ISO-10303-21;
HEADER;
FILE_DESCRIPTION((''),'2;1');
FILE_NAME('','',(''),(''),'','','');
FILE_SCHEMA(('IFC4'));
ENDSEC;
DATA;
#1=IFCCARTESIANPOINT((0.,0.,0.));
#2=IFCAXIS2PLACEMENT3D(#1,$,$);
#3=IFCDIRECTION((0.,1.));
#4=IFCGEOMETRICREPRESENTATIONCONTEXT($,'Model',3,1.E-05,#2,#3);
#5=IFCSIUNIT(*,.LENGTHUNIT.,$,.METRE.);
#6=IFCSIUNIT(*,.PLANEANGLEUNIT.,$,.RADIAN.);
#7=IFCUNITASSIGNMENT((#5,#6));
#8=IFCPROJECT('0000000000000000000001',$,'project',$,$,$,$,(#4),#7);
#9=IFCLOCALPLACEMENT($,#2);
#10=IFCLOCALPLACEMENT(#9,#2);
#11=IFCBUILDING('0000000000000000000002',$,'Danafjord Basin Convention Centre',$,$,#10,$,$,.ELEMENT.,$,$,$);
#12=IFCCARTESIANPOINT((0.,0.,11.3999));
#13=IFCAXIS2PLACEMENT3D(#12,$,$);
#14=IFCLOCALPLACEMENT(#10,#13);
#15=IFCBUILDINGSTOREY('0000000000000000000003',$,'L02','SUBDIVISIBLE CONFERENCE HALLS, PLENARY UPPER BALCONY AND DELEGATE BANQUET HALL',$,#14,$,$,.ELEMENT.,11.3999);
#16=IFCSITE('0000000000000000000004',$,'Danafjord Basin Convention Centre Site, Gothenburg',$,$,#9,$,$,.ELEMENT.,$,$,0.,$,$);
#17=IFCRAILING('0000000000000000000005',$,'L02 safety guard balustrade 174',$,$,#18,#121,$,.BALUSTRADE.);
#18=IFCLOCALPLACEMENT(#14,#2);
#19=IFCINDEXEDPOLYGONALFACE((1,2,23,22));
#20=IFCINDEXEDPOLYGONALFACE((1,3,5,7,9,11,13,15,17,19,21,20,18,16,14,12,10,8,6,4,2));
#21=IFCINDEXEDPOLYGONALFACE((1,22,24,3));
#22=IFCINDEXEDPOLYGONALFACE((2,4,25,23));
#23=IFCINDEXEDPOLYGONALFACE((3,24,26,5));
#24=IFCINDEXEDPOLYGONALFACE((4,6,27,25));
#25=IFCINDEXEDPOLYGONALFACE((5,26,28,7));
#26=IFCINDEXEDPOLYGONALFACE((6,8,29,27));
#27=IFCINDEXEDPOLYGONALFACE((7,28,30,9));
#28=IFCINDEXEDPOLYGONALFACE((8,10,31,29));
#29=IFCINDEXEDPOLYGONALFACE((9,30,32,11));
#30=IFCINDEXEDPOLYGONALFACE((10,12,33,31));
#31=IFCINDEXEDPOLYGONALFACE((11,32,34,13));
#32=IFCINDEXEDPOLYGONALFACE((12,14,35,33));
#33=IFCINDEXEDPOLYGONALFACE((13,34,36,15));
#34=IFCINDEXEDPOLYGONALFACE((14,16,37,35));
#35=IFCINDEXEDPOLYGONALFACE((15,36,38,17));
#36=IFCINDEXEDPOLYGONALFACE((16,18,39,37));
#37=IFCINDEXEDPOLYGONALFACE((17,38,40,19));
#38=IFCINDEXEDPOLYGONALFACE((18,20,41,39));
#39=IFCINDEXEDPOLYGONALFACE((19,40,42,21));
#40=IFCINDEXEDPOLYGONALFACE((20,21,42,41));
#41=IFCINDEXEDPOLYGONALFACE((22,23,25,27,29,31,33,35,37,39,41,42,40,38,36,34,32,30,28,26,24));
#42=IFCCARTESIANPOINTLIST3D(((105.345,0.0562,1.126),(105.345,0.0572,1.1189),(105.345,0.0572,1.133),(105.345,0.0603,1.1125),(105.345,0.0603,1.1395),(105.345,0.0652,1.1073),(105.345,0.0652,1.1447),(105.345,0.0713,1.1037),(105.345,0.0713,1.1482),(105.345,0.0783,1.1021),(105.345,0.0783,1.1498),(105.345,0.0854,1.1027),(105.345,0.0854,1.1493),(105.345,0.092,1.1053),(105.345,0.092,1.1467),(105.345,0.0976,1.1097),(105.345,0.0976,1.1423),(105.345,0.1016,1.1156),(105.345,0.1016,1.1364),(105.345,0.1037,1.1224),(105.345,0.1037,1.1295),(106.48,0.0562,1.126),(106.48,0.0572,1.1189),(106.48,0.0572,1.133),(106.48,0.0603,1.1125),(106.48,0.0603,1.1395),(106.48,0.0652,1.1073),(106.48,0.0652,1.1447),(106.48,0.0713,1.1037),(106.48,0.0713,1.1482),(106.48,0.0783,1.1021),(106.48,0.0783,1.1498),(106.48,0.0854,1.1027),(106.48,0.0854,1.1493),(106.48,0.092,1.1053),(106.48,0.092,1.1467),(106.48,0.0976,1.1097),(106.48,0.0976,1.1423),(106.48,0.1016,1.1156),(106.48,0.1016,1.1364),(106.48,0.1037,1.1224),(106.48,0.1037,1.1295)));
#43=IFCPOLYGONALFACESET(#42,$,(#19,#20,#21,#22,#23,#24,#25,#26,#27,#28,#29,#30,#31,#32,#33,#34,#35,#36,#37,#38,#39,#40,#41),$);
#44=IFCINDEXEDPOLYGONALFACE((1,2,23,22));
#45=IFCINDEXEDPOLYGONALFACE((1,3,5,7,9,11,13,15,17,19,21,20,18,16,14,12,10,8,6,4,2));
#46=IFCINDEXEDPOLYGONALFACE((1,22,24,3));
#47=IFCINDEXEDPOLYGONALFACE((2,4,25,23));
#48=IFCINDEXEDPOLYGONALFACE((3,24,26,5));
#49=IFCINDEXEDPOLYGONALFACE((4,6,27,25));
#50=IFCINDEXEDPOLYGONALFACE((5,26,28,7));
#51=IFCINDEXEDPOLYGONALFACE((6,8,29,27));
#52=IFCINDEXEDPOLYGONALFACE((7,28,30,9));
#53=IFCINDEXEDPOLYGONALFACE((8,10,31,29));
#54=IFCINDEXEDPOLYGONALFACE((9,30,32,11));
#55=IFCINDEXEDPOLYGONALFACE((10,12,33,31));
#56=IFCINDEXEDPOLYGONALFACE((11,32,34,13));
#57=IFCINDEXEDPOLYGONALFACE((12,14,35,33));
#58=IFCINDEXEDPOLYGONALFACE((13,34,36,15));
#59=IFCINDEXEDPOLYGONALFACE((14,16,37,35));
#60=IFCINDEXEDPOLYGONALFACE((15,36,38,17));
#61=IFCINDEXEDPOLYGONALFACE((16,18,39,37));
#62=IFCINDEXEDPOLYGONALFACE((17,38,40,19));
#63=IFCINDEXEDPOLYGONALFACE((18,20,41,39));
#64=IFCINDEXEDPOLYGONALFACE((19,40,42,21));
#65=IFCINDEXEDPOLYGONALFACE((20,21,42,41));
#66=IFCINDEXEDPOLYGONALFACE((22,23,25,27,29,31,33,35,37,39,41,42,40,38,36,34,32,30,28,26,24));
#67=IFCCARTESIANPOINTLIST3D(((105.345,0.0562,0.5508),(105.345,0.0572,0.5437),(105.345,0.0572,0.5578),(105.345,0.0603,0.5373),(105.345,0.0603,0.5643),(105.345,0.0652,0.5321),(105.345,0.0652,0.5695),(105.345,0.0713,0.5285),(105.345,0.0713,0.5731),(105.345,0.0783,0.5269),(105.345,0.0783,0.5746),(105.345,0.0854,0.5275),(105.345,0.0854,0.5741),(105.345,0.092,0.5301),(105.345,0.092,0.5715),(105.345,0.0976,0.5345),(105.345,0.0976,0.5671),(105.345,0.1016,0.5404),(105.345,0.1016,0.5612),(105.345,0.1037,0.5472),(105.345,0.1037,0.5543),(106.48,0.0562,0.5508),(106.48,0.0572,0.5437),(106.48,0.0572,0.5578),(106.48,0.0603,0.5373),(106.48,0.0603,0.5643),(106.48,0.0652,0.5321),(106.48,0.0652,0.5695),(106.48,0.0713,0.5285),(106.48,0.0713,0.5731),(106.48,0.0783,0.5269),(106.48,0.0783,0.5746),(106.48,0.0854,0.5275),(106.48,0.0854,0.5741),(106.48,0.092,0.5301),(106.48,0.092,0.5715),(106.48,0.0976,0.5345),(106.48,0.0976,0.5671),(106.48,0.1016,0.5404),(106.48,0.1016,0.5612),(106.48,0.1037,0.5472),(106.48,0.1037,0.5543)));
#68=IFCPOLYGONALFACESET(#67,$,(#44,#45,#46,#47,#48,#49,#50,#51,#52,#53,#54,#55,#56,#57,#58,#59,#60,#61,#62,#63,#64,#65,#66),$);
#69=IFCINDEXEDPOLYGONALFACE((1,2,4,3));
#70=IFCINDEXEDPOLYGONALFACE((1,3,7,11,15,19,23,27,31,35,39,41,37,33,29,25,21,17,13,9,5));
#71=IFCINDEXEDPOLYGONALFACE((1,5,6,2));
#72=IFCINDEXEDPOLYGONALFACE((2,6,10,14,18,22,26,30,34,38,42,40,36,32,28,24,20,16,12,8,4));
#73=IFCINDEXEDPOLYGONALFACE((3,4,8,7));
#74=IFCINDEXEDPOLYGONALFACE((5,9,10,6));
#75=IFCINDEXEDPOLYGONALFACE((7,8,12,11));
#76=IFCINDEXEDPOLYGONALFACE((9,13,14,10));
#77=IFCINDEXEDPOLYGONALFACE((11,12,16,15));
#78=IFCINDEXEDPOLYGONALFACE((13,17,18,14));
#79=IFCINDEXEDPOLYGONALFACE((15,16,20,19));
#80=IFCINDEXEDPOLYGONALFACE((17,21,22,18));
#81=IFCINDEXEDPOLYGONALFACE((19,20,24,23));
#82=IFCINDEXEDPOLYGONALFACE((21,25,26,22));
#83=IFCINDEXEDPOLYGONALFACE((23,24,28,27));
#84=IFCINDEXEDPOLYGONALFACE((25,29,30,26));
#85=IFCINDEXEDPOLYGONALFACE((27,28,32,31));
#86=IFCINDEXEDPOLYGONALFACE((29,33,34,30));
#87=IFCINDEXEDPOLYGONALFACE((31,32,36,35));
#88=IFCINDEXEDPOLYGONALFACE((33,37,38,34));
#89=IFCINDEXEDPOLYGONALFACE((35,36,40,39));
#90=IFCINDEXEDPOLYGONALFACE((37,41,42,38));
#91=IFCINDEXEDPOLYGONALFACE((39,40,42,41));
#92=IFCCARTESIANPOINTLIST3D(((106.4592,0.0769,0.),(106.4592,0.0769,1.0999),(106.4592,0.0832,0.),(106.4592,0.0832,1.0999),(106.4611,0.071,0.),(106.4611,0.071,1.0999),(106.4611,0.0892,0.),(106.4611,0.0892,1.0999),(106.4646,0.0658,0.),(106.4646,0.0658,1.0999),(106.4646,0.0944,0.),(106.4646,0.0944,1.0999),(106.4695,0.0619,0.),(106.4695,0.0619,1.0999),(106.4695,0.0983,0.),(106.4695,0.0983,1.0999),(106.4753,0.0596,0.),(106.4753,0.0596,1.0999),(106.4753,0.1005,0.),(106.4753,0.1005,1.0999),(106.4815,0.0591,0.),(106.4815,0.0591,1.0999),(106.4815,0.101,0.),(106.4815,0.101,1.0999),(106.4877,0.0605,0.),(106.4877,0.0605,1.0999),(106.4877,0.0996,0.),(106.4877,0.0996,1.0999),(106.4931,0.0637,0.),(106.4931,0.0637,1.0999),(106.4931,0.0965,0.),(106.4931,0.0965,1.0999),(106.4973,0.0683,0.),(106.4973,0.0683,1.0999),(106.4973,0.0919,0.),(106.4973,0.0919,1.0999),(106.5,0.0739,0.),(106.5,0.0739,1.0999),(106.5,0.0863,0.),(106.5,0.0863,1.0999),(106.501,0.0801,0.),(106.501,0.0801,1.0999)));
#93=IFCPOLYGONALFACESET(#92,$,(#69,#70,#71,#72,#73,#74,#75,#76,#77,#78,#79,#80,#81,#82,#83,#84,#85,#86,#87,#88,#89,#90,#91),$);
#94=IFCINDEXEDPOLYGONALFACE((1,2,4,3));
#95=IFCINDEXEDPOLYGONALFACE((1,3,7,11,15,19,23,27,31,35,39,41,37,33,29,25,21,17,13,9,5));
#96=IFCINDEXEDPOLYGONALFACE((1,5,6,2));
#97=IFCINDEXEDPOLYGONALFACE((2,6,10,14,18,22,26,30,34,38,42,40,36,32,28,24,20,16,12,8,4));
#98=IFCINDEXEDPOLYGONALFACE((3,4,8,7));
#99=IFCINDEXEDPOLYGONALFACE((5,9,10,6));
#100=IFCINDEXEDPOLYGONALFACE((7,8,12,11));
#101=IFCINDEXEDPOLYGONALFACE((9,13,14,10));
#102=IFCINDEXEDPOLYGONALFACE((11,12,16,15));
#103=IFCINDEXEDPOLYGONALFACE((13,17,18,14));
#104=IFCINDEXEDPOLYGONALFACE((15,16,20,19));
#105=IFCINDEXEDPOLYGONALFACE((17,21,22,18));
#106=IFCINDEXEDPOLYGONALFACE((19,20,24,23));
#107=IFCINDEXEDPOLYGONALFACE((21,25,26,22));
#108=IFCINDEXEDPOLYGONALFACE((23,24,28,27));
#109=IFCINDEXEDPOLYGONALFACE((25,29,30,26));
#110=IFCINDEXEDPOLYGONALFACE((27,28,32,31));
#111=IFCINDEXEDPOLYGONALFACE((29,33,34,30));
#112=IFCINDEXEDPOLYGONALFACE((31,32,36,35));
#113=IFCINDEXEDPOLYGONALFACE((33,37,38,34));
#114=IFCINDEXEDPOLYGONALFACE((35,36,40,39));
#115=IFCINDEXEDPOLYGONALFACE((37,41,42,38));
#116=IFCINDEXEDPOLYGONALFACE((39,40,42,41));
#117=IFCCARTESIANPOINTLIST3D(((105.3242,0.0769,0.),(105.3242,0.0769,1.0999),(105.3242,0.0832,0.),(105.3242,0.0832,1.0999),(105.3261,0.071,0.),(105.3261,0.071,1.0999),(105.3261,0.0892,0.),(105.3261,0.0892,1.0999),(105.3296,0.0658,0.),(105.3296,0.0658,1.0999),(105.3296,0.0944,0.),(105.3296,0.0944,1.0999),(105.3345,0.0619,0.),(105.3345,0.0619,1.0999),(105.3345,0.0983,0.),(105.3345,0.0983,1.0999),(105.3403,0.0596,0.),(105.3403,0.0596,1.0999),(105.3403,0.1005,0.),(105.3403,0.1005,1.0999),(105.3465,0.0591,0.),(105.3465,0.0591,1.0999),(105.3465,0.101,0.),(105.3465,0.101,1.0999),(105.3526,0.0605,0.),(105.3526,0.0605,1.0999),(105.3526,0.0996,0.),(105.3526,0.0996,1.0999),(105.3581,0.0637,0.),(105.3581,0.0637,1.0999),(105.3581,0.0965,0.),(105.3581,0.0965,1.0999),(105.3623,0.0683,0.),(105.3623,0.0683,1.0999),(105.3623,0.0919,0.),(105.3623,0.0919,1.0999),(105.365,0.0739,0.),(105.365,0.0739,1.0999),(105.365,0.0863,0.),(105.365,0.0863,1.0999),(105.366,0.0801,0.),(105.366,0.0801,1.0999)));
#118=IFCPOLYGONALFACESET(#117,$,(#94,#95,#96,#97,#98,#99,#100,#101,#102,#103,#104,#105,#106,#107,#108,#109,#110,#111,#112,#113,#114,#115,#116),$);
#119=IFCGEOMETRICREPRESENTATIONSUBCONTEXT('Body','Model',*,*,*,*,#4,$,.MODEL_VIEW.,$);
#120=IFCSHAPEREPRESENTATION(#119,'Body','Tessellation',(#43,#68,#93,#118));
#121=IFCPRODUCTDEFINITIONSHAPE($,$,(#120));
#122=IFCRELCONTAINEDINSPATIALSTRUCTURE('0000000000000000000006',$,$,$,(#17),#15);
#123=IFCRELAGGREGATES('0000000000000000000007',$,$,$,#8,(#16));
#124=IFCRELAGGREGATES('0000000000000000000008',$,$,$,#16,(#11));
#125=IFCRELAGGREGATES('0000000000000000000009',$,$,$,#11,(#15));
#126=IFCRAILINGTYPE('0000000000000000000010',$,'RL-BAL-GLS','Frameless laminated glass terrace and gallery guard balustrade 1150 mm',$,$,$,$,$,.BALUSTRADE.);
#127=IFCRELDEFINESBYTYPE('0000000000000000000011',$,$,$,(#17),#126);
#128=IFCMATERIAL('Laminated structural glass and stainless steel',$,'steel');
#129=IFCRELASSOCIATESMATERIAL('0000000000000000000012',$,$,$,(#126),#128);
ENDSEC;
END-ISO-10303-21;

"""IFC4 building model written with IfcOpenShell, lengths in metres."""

from ifc_helpers import new_model, si_unit, direction, frame, origin, origin_2d, place, context, subcontext, project, spatial, circle, extrude, material, type_object, element, save


model = new_model("IFC4")

# Units and contexts
model_context = context("Model", 3, precision=1e-05, world=origin(), true_north=direction((0.0, 1.0)))
body_context = subcontext(model_context, "Body", "Model", "MODEL_VIEW")
ifc_project = project(units=[si_unit("LENGTHUNIT", "METRE"), si_unit("PLANEANGLEUNIT", "RADIAN")], contexts=[model_context])

# Site, building, storey
site_placement = place(None, origin())
site = spatial("IfcSite", under=ifc_project, at=site_placement, Name="Danafjord Basin Convention Centre Site, Gothenburg", CompositionType="ELEMENT", RefElevation=0.0)
building_placement = place(site_placement, origin())
building = spatial("IfcBuilding", under=site, at=building_placement, Name="Danafjord Basin Convention Centre", CompositionType="ELEMENT")
storey_placement = place(building_placement, frame((0.0, 0.0, 11.3999)))
storey = spatial("IfcBuildingStorey", under=building, at=storey_placement, Name="L02", Description="SUBDIVISIBLE CONFERENCE HALLS, PLENARY UPPER BALCONY AND DELEGATE BANQUET HALL", CompositionType="ELEMENT", Elevation=11.3999)

# Railing
ifc_material_1 = material(Name="Laminated structural glass and stainless steel", Category="steel")
railing_type = type_object("IfcRailingType", Name="RL-BAL-GLS", Description="Frameless laminated glass terrace and gallery guard balustrade 1150 mm", PredefinedType="BALUSTRADE", material=ifc_material_1)
railing_1_placement = place(storey_placement, frame((106.48, 0.0801, 0.0)))
element("IfcRailing", 1, at=railing_1_placement, inside=storey, type_object=railing_type, Name="L02 safety guard balustrade 174", PredefinedType="BALUSTRADE", context=body_context, shape_type="SweptSolid", body=[
    extrude(circle(Radius=0.0239, at=origin_2d()), frame((0.0, 0.0, 1.126), z_axis=(-1.0, 0.0, 0.0), x_axis=(0.0, -1.0, 0.0)), (0.0, 0.0, 1.0), 1.135),
    extrude(circle(Radius=0.0239, at=origin_2d()), frame((0.0, 0.0, 0.5508), z_axis=(-1.0, 0.0, 0.0), x_axis=(0.0, -1.0, 0.0)), (0.0, 0.0, 1.0), 1.135),
    extrude(circle(Radius=0.021, at=origin_2d()), origin(), (0.0, 0.0, 1.0), 1.0999),
    extrude(circle(Radius=0.021, at=origin_2d()), frame((-1.135, 0.0, 0.0)), (0.0, 0.0, 1.0), 1.0999),
])

save(model, "model.ifc")
